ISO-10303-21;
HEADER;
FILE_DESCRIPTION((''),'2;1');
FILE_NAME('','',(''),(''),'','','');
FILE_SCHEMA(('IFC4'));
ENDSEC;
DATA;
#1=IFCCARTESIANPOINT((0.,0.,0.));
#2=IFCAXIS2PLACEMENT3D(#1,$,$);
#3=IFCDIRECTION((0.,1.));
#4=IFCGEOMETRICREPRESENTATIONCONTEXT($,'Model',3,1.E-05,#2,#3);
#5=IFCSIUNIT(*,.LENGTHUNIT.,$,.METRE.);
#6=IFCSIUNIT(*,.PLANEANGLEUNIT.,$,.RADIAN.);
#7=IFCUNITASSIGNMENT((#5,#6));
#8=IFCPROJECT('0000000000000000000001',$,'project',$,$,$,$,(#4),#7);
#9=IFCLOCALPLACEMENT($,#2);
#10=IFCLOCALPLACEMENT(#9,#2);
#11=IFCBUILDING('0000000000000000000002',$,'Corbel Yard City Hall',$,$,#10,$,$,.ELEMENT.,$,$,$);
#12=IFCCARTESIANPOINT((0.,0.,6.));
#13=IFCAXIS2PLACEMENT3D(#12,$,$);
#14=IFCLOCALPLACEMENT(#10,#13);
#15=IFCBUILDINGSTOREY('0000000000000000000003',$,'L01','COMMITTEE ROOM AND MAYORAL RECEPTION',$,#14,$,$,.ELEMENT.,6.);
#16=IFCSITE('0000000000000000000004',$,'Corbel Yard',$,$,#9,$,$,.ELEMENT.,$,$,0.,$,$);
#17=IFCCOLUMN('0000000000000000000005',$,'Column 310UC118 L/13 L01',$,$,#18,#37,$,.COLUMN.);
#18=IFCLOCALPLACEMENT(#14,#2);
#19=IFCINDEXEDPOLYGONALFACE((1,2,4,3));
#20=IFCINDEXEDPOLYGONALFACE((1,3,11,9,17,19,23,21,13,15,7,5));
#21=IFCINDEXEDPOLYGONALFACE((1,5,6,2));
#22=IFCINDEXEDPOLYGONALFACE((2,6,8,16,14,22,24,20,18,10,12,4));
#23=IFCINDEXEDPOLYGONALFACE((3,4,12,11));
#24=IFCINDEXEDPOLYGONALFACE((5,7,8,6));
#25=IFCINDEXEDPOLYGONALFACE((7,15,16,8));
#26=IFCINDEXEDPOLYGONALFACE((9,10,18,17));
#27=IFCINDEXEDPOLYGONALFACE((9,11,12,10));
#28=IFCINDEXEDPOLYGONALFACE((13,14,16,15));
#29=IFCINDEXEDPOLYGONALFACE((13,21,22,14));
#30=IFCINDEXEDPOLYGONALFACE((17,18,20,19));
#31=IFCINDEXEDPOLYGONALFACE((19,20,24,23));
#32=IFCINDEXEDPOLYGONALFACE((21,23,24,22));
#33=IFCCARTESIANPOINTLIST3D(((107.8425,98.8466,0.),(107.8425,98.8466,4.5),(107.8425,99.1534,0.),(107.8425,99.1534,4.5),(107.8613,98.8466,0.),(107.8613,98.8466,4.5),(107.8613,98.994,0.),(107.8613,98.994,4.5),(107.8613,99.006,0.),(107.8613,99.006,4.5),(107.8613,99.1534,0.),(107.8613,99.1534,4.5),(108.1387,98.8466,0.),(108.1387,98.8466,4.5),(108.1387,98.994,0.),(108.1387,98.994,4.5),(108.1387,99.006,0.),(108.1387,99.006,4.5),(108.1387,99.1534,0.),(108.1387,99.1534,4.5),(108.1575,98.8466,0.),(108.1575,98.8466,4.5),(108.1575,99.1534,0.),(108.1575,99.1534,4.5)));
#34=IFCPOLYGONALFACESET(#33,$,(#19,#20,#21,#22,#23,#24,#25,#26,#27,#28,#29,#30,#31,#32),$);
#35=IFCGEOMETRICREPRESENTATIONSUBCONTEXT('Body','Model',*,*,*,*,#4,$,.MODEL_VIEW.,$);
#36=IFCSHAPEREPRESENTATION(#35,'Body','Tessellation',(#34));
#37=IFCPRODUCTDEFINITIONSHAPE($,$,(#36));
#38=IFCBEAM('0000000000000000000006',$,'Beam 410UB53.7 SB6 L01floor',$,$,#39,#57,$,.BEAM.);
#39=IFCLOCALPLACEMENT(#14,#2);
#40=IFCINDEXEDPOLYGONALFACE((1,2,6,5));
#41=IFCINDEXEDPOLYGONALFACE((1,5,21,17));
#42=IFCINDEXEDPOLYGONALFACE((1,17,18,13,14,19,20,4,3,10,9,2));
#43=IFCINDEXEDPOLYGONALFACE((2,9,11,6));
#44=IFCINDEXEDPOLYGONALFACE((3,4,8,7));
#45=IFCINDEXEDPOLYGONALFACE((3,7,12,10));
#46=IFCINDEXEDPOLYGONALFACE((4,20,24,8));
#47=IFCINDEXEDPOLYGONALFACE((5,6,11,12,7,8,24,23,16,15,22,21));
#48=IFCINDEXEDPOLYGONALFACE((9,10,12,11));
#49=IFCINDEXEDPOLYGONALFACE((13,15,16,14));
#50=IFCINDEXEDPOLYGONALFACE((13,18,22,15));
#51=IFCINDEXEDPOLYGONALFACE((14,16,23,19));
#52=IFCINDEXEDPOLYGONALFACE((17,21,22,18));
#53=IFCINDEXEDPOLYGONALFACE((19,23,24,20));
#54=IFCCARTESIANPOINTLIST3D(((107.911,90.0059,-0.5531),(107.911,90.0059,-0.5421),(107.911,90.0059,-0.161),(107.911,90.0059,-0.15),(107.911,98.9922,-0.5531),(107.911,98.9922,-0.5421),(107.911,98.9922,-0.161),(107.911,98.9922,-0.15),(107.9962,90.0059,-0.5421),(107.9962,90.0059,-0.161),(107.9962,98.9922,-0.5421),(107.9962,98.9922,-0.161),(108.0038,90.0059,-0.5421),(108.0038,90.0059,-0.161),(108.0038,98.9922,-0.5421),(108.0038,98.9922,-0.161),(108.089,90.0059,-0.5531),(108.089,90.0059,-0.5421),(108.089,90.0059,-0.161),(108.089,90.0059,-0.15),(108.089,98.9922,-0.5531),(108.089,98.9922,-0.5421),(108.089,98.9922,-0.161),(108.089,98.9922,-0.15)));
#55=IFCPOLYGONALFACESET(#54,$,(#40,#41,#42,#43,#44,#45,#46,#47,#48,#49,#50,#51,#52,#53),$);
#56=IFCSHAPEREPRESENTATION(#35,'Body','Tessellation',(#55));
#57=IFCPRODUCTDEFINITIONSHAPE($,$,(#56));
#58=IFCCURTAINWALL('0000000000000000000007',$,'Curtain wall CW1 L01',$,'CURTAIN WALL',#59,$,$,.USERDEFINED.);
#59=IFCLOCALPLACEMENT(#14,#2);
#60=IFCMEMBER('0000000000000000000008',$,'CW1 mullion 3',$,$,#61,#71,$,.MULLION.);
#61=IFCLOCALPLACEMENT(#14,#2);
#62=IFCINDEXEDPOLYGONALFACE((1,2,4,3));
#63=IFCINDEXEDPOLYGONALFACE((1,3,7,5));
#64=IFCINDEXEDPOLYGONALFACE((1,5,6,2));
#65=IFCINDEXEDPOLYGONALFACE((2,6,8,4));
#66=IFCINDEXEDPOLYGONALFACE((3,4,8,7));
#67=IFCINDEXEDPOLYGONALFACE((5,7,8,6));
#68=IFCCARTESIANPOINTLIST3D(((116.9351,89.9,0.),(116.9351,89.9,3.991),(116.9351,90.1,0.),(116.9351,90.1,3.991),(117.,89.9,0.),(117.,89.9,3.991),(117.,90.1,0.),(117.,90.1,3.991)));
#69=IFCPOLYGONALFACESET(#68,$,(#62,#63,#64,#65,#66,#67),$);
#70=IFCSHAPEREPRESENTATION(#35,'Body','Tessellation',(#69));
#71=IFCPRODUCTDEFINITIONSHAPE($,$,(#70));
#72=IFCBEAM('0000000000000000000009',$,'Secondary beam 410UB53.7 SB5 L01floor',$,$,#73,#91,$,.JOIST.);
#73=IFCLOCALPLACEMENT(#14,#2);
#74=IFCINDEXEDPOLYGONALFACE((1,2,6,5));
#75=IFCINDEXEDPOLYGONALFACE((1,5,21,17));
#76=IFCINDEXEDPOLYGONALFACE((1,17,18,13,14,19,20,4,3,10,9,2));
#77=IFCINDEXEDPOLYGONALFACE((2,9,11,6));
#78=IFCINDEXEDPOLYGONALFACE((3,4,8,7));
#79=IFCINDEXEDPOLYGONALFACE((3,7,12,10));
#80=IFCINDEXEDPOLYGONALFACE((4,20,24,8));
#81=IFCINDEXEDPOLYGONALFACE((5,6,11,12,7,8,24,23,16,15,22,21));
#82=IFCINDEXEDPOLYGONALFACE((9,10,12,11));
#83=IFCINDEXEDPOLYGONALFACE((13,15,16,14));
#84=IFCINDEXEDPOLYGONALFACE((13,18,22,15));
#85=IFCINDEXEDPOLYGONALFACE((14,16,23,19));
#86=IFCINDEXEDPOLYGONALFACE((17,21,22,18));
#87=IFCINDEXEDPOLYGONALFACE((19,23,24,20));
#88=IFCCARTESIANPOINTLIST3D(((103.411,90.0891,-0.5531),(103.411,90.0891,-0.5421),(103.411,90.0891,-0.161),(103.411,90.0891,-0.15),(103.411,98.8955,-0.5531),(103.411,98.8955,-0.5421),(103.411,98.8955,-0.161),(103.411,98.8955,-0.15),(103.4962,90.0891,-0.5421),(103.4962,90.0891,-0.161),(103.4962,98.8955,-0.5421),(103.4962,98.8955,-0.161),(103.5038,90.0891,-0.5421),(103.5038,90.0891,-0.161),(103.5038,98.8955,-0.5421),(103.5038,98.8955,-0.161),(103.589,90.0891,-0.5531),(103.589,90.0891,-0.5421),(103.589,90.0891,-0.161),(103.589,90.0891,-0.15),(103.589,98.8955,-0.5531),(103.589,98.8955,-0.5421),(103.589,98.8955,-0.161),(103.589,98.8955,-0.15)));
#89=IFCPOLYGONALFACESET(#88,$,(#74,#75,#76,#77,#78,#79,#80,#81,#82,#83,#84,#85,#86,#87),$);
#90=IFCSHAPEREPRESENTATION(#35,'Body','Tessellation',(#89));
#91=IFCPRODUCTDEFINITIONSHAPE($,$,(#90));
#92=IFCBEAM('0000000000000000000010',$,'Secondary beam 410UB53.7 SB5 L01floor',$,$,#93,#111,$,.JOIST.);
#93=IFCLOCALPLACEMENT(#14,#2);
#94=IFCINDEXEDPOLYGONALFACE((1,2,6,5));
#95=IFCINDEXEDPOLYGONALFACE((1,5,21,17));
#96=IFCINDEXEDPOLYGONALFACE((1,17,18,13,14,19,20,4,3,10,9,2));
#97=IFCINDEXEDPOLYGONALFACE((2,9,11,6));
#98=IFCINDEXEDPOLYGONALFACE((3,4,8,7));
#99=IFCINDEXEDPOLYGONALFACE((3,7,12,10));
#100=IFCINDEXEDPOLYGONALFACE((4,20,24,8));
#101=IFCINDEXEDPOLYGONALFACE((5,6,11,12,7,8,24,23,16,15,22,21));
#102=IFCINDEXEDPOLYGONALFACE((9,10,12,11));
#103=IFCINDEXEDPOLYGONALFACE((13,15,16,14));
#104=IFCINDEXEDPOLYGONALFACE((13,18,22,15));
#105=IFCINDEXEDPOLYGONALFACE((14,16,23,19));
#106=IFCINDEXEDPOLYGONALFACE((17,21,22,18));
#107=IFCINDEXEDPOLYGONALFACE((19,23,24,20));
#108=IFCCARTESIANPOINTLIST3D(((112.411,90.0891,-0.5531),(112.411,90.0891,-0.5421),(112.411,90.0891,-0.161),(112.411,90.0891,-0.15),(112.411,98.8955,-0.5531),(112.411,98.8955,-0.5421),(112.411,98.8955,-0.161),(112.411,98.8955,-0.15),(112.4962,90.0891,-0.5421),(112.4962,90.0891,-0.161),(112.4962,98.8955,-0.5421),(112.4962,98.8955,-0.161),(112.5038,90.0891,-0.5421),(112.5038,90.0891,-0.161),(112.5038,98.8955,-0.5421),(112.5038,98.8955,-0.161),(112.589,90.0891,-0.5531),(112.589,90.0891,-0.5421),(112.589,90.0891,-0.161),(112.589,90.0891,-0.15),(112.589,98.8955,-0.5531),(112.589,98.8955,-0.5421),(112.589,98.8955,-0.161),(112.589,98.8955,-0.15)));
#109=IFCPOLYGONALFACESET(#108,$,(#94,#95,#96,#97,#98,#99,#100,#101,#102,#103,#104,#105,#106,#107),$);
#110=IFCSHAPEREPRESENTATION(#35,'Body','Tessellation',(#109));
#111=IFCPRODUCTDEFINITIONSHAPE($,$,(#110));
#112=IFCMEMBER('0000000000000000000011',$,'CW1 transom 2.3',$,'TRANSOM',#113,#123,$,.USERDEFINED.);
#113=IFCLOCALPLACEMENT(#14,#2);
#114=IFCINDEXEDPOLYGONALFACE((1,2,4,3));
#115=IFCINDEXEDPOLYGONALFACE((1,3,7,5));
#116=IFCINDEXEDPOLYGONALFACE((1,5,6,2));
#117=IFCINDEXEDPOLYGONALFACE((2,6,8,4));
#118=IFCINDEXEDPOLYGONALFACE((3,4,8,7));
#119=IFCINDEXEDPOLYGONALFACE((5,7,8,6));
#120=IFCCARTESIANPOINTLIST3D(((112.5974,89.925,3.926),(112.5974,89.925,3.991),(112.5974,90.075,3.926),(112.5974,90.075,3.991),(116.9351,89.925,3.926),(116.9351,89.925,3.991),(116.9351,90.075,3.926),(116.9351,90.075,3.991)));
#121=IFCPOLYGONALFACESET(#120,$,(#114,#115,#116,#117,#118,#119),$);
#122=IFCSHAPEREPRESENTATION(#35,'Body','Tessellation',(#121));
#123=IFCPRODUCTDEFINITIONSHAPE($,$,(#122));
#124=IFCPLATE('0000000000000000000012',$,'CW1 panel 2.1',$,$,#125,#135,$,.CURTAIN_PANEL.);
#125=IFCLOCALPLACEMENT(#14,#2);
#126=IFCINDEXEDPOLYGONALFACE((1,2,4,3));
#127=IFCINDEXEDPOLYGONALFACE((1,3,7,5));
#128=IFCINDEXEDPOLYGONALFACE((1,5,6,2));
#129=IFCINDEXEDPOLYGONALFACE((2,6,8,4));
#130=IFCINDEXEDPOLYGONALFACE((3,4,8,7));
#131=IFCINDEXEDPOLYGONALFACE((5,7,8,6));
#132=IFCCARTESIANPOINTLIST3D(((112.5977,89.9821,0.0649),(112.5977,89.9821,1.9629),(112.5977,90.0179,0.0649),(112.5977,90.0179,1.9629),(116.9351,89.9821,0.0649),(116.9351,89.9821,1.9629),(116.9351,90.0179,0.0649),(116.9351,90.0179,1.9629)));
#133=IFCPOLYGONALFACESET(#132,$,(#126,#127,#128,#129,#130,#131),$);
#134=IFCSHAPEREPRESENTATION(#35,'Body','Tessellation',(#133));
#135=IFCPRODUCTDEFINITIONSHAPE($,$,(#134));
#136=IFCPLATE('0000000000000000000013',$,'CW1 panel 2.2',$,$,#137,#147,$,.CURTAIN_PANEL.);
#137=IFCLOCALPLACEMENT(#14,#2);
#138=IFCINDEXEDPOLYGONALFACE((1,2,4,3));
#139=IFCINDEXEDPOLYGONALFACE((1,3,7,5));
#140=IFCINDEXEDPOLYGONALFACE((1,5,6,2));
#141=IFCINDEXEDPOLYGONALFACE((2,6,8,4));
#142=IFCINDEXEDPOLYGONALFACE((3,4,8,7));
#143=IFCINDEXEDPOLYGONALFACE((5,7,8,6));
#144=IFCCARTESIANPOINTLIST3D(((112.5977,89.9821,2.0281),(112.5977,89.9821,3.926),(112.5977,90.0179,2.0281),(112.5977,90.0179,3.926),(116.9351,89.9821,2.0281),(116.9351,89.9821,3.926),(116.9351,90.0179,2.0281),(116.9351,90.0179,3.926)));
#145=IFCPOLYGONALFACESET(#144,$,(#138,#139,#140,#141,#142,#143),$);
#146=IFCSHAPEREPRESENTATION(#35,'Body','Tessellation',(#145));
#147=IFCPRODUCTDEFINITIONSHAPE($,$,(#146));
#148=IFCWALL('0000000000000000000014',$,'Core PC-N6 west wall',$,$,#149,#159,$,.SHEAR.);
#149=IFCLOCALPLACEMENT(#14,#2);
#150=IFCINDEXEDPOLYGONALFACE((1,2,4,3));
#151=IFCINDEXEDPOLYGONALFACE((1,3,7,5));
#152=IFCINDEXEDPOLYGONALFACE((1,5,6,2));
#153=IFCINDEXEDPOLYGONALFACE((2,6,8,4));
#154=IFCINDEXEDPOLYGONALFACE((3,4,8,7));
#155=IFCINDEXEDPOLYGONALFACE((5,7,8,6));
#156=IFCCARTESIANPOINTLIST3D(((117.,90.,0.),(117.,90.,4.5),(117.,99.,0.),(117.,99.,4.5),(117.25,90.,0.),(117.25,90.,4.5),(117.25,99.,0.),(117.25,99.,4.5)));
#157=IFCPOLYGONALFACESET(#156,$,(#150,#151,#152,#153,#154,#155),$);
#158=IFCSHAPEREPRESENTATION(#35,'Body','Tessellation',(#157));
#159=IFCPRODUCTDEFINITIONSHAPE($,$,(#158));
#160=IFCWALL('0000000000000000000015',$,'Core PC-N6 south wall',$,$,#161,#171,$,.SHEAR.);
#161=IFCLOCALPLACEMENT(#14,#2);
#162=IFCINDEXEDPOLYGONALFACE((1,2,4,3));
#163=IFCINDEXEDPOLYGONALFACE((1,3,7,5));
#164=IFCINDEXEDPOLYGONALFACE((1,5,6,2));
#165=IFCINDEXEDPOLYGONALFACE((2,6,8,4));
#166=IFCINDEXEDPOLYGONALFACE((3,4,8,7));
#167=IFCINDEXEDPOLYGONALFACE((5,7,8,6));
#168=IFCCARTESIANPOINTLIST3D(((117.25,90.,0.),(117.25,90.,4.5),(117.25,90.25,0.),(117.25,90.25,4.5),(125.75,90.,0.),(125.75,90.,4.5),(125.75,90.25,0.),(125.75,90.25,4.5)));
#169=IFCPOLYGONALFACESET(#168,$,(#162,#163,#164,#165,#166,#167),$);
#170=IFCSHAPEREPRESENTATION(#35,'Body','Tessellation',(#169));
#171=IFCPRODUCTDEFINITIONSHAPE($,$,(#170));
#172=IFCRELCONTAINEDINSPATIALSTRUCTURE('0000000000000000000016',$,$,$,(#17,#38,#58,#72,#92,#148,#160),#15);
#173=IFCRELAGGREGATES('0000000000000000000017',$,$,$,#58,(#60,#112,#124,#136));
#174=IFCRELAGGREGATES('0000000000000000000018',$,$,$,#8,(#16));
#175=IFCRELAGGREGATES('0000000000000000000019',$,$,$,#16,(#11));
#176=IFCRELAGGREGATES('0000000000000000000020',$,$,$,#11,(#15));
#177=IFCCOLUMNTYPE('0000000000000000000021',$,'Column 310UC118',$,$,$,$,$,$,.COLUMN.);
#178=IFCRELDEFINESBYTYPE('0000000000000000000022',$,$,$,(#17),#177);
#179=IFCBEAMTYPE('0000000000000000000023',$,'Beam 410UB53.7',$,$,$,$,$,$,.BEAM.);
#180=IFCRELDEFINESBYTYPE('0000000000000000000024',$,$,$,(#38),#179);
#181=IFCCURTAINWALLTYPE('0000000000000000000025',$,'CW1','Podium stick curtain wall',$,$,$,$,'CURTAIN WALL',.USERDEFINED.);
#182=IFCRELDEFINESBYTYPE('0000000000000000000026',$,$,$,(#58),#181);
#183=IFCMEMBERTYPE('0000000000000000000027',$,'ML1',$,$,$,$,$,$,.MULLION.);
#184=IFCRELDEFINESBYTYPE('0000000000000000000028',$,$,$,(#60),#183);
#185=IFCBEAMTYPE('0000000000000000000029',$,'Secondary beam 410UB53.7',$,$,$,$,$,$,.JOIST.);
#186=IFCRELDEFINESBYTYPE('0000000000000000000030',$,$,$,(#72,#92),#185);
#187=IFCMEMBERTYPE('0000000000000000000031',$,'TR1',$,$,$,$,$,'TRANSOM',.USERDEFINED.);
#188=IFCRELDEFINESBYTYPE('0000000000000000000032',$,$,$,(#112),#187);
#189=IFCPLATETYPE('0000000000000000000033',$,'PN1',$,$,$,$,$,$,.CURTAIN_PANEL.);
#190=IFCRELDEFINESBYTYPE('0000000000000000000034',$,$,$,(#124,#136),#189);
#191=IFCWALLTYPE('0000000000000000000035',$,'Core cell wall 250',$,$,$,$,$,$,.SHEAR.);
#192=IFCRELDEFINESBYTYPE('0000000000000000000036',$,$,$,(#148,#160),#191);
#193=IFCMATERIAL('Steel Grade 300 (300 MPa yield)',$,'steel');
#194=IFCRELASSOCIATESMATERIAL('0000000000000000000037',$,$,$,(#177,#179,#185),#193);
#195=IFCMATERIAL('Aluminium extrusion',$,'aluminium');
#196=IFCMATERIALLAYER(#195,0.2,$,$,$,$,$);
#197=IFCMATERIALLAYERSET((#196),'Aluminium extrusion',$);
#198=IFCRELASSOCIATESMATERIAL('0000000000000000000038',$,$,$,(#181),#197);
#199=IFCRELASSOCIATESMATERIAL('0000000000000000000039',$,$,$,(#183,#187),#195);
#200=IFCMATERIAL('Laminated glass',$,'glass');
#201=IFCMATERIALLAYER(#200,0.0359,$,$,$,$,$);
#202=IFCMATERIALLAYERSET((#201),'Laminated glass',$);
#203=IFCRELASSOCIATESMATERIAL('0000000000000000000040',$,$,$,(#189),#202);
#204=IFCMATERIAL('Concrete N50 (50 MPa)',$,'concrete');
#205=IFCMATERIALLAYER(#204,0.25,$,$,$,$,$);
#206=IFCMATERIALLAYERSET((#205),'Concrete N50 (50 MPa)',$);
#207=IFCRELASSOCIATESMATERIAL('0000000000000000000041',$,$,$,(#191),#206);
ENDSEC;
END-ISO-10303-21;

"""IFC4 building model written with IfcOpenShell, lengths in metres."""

from ifc_helpers import new_model, si_unit, direction, frame, frame_2d, origin, origin_2d, place, context, subcontext, project, spatial, rectangle, i_section, extrude, material, layer, layer_set, material_profile, profile_set, type_object, element, aggregate, save


model = new_model("IFC4")

# Units and contexts
model_context = context("Model", 3, precision=1e-05, world=origin(), true_north=direction((0.0, 1.0)))
body_context = subcontext(model_context, "Body", "Model", "MODEL_VIEW")
ifc_project = project(units=[si_unit("LENGTHUNIT", "METRE"), si_unit("PLANEANGLEUNIT", "RADIAN")], contexts=[model_context])

# Site, building, storey
site_placement = place(None, origin())
site = spatial("IfcSite", under=ifc_project, at=site_placement, Name="Corbel Yard", CompositionType="ELEMENT", RefElevation=0.0)
building_placement = place(site_placement, origin())
building = spatial("IfcBuilding", under=site, at=building_placement, Name="Corbel Yard City Hall", CompositionType="ELEMENT")
storey_placement = place(building_placement, frame((0.0, 0.0, 6.0)))
storey = spatial("IfcBuildingStorey", under=building, at=storey_placement, Name="L01", Description="COMMITTEE ROOM AND MAYORAL RECEPTION", CompositionType="ELEMENT", Elevation=6.0)

# Column
ifc_material_1 = material(Name="Steel Grade 300 (300 MPa yield)", Category="steel")
ifc_material_profile_1 = material_profile(ifc_material_1, i_section(OverallWidth=0.3069, OverallDepth=0.3149, WebThickness=0.012, FlangeThickness=0.0188, at=origin_2d()), Name="310UC118")
ifc_profile_set_1 = profile_set([ifc_material_profile_1], Name="Steel Grade 300 (300 MPa yield)")
column_type = type_object("IfcColumnType", Name="Column 310UC118", PredefinedType="COLUMN", material=ifc_profile_set_1)
column_placement = place(storey_placement, frame((108.0, 99.0, 0.0), z_axis=(0.0, 0.0, 1.0), x_axis=(0.0, 1.0, 0.0)))
element("IfcColumn", 1, at=column_placement, inside=storey, type_object=column_type, Name="Column 310UC118 L/13 L01", PredefinedType="COLUMN", context=body_context, shape_type="SweptSolid", body=[
    extrude(i_section(OverallWidth=0.3069, OverallDepth=0.3149, WebThickness=0.012, FlangeThickness=0.0188, at=origin_2d()), origin(), (0.0, 0.0, 1.0), 4.5),
])

# Beam
ifc_material_profile_2 = material_profile(ifc_material_1, i_section(OverallWidth=0.178, OverallDepth=0.4031, WebThickness=0.0076, FlangeThickness=0.011, at=origin_2d()), Name="410UB53.7")
ifc_profile_set_2 = profile_set([ifc_material_profile_2], Name="Steel Grade 300 (300 MPa yield)")
beam_type_1 = type_object("IfcBeamType", Name="Beam 410UB53.7", PredefinedType="BEAM", material=ifc_profile_set_2)
beam_placement = place(storey_placement, frame((108.0, 90.0059, -0.3516), z_axis=(0.0, 1.0, 0.0), x_axis=(-1.0, 0.0, 0.0)))
element("IfcBeam", 2, at=beam_placement, inside=storey, type_object=beam_type_1, Name="Beam 410UB53.7 SB6 L01floor", PredefinedType="BEAM", context=body_context, shape_type="SweptSolid", body=[
    extrude(i_section(OverallWidth=0.178, OverallDepth=0.4031, WebThickness=0.0076, FlangeThickness=0.011, at=origin_2d()), origin(), (0.0, 0.0, 1.0), 8.9863),
])

# Curtain wall, member
ifc_material_2 = material(Name="Aluminium extrusion", Category="aluminium")
ifc_layer_1 = layer(ifc_material_2, 0.2)
ifc_layer_set_1 = layer_set([ifc_layer_1], Name="Aluminium extrusion")
curtain_wall_type = type_object("IfcCurtainWallType", Name="CW1", Description="Podium stick curtain wall", ElementType="CURTAIN WALL", PredefinedType="USERDEFINED", material=ifc_layer_set_1)
curtain_wall_placement = place(storey_placement, origin())
curtain_wall = element("IfcCurtainWall", 3, at=curtain_wall_placement, inside=storey, type_object=curtain_wall_type, Name="Curtain wall CW1 L01", ObjectType="CURTAIN WALL", PredefinedType="USERDEFINED")
ifc_material_profile_3 = material_profile(ifc_material_2, rectangle(XDim=0.2, YDim=0.0649, at=origin_2d()), Name="200x65")
ifc_profile_set_3 = profile_set([ifc_material_profile_3], Name="Aluminium extrusion")
member_type_1 = type_object("IfcMemberType", Name="ML1", PredefinedType="MULLION", material=ifc_profile_set_3)
member_1_placement = place(storey_placement, frame((116.9675, 90.0, 0.0), z_axis=(0.0, 0.0, 1.0), x_axis=(0.0, 1.0, 0.0)))
member_1 = element("IfcMember", 4, at=member_1_placement, type_object=member_type_1, Name="CW1 mullion 3", PredefinedType="MULLION", context=body_context, shape_type="SweptSolid", body=[
    extrude(rectangle(XDim=0.2, YDim=0.0649, at=origin_2d()), origin(), (0.0, 0.0, 1.0), 3.991),
])

# Beams
ifc_material_profile_4 = material_profile(ifc_material_1, i_section(OverallWidth=0.178, OverallDepth=0.4031, WebThickness=0.0076, FlangeThickness=0.011, at=origin_2d()), Name="410UB53.7")
ifc_profile_set_4 = profile_set([ifc_material_profile_4], Name="Steel Grade 300 (300 MPa yield)")
beam_type_2 = type_object("IfcBeamType", Name="Secondary beam 410UB53.7", PredefinedType="JOIST", material=ifc_profile_set_4)
for number, where, z_axis, x_axis, name in (
    (5, (103.5, 90.0891, -0.3516), (0.0, 1.0, 0.0), (-1.0, 0.0, 0.0), "Secondary beam 410UB53.7 SB5 L01floor"),
    (6, (112.5, 90.0891, -0.3516), (0.0, 1.0, 0.0), (-1.0, 0.0, 0.0), "Secondary beam 410UB53.7 SB5 L01floor"),
):
    element("IfcBeam", number, at=place(storey_placement, frame(where, z_axis=z_axis, x_axis=x_axis)), inside=storey, type_object=beam_type_2, Name=name, PredefinedType="JOIST", context=body_context, shape_type="SweptSolid", body=[
        extrude(i_section(OverallWidth=0.178, OverallDepth=0.4031, WebThickness=0.0076, FlangeThickness=0.011, at=origin_2d()), origin(), (0.0, 0.0, 1.0), 8.8064),
    ])

# Member
ifc_material_profile_5 = material_profile(ifc_material_2, rectangle(XDim=0.1499, YDim=0.0649, at=origin_2d()), Name="150x65")
ifc_profile_set_5 = profile_set([ifc_material_profile_5], Name="Aluminium extrusion")
member_type_2 = type_object("IfcMemberType", Name="TR1", ElementType="TRANSOM", PredefinedType="USERDEFINED", material=ifc_profile_set_5)
member_2_placement = place(storey_placement, frame((112.5974, 90.0, 3.9585), z_axis=(1.0, 0.0, 0.0), x_axis=(0.0, 1.0, 0.0)))
member_2 = element("IfcMember", 7, at=member_2_placement, type_object=member_type_2, Name="CW1 transom 2.3", ObjectType="TRANSOM", PredefinedType="USERDEFINED", context=body_context, shape_type="SweptSolid", body=[
    extrude(rectangle(XDim=0.1499, YDim=0.0649, at=origin_2d()), origin(), (0.0, 0.0, 1.0), 4.3376),
])

# Plates
ifc_material_3 = material(Name="Laminated glass", Category="glass")
ifc_layer_2 = layer(ifc_material_3, 0.0359)
ifc_layer_set_2 = layer_set([ifc_layer_2], Name="Laminated glass")
plate_type = type_object("IfcPlateType", Name="PN1", PredefinedType="CURTAIN_PANEL", material=ifc_layer_set_2)
plate_1_placement = place(storey_placement, frame((114.7664, 90.0, 0.0649), z_axis=(0.0, 0.0, 1.0), x_axis=(1.0, 0.0, 0.0)))
plate_1 = element("IfcPlate", 8, at=plate_1_placement, type_object=plate_type, Name="CW1 panel 2.1", PredefinedType="CURTAIN_PANEL", context=body_context, shape_type="SweptSolid", body=[
    extrude(rectangle(XDim=4.3374, YDim=0.0359, at=origin_2d()), origin(), (0.0, 0.0, 1.0), 1.8979),
])
plate_2_placement = place(storey_placement, frame((114.7664, 90.0, 2.0281), z_axis=(0.0, 0.0, 1.0), x_axis=(1.0, 0.0, 0.0)))
plate_2 = element("IfcPlate", 9, at=plate_2_placement, type_object=plate_type, Name="CW1 panel 2.2", PredefinedType="CURTAIN_PANEL", context=body_context, shape_type="SweptSolid", body=[
    extrude(rectangle(XDim=4.3374, YDim=0.0359, at=origin_2d()), origin(), (0.0, 0.0, 1.0), 1.8979),
])
aggregate(curtain_wall, [member_1, member_2, plate_1, plate_2])

# Walls
ifc_material_4 = material(Name="Concrete N50 (50 MPa)", Category="concrete")
ifc_layer_3 = layer(ifc_material_4, 0.25)
ifc_layer_set_3 = layer_set([ifc_layer_3], Name="Concrete N50 (50 MPa)")
wall_type_1 = type_object("IfcWallType", Name="Core cell wall 250", PredefinedType="SHEAR", material=ifc_layer_set_3)
wall_1_placement = place(storey_placement, frame((117.125, 90.0, 0.0), z_axis=(0.0, 0.0, 1.0), x_axis=(0.0, 1.0, 0.0)))
element("IfcWall", 10, at=wall_1_placement, inside=storey, type_object=wall_type_1, Name="Core PC-N6 west wall", PredefinedType="SHEAR", context=body_context, shape_type="SweptSolid", body=[
    extrude(rectangle(XDim=9.0, YDim=0.25, at=frame_2d((4.5, 0.0))), origin(), (0.0, 0.0, 1.0), 4.5),
])
wall_2_placement = place(storey_placement, frame((117.25, 90.125, 0.0), z_axis=(0.0, 0.0, 1.0), x_axis=(1.0, 0.0, 0.0)))
element("IfcWall", 11, at=wall_2_placement, inside=storey, type_object=wall_type_1, Name="Core PC-N6 south wall", PredefinedType="SHEAR", context=body_context, shape_type="SweptSolid", body=[
    extrude(rectangle(XDim=8.5, YDim=0.25, at=frame_2d((4.25, 0.0))), origin(), (0.0, 0.0, 1.0), 4.5),
])

save(model, "model.ifc")
